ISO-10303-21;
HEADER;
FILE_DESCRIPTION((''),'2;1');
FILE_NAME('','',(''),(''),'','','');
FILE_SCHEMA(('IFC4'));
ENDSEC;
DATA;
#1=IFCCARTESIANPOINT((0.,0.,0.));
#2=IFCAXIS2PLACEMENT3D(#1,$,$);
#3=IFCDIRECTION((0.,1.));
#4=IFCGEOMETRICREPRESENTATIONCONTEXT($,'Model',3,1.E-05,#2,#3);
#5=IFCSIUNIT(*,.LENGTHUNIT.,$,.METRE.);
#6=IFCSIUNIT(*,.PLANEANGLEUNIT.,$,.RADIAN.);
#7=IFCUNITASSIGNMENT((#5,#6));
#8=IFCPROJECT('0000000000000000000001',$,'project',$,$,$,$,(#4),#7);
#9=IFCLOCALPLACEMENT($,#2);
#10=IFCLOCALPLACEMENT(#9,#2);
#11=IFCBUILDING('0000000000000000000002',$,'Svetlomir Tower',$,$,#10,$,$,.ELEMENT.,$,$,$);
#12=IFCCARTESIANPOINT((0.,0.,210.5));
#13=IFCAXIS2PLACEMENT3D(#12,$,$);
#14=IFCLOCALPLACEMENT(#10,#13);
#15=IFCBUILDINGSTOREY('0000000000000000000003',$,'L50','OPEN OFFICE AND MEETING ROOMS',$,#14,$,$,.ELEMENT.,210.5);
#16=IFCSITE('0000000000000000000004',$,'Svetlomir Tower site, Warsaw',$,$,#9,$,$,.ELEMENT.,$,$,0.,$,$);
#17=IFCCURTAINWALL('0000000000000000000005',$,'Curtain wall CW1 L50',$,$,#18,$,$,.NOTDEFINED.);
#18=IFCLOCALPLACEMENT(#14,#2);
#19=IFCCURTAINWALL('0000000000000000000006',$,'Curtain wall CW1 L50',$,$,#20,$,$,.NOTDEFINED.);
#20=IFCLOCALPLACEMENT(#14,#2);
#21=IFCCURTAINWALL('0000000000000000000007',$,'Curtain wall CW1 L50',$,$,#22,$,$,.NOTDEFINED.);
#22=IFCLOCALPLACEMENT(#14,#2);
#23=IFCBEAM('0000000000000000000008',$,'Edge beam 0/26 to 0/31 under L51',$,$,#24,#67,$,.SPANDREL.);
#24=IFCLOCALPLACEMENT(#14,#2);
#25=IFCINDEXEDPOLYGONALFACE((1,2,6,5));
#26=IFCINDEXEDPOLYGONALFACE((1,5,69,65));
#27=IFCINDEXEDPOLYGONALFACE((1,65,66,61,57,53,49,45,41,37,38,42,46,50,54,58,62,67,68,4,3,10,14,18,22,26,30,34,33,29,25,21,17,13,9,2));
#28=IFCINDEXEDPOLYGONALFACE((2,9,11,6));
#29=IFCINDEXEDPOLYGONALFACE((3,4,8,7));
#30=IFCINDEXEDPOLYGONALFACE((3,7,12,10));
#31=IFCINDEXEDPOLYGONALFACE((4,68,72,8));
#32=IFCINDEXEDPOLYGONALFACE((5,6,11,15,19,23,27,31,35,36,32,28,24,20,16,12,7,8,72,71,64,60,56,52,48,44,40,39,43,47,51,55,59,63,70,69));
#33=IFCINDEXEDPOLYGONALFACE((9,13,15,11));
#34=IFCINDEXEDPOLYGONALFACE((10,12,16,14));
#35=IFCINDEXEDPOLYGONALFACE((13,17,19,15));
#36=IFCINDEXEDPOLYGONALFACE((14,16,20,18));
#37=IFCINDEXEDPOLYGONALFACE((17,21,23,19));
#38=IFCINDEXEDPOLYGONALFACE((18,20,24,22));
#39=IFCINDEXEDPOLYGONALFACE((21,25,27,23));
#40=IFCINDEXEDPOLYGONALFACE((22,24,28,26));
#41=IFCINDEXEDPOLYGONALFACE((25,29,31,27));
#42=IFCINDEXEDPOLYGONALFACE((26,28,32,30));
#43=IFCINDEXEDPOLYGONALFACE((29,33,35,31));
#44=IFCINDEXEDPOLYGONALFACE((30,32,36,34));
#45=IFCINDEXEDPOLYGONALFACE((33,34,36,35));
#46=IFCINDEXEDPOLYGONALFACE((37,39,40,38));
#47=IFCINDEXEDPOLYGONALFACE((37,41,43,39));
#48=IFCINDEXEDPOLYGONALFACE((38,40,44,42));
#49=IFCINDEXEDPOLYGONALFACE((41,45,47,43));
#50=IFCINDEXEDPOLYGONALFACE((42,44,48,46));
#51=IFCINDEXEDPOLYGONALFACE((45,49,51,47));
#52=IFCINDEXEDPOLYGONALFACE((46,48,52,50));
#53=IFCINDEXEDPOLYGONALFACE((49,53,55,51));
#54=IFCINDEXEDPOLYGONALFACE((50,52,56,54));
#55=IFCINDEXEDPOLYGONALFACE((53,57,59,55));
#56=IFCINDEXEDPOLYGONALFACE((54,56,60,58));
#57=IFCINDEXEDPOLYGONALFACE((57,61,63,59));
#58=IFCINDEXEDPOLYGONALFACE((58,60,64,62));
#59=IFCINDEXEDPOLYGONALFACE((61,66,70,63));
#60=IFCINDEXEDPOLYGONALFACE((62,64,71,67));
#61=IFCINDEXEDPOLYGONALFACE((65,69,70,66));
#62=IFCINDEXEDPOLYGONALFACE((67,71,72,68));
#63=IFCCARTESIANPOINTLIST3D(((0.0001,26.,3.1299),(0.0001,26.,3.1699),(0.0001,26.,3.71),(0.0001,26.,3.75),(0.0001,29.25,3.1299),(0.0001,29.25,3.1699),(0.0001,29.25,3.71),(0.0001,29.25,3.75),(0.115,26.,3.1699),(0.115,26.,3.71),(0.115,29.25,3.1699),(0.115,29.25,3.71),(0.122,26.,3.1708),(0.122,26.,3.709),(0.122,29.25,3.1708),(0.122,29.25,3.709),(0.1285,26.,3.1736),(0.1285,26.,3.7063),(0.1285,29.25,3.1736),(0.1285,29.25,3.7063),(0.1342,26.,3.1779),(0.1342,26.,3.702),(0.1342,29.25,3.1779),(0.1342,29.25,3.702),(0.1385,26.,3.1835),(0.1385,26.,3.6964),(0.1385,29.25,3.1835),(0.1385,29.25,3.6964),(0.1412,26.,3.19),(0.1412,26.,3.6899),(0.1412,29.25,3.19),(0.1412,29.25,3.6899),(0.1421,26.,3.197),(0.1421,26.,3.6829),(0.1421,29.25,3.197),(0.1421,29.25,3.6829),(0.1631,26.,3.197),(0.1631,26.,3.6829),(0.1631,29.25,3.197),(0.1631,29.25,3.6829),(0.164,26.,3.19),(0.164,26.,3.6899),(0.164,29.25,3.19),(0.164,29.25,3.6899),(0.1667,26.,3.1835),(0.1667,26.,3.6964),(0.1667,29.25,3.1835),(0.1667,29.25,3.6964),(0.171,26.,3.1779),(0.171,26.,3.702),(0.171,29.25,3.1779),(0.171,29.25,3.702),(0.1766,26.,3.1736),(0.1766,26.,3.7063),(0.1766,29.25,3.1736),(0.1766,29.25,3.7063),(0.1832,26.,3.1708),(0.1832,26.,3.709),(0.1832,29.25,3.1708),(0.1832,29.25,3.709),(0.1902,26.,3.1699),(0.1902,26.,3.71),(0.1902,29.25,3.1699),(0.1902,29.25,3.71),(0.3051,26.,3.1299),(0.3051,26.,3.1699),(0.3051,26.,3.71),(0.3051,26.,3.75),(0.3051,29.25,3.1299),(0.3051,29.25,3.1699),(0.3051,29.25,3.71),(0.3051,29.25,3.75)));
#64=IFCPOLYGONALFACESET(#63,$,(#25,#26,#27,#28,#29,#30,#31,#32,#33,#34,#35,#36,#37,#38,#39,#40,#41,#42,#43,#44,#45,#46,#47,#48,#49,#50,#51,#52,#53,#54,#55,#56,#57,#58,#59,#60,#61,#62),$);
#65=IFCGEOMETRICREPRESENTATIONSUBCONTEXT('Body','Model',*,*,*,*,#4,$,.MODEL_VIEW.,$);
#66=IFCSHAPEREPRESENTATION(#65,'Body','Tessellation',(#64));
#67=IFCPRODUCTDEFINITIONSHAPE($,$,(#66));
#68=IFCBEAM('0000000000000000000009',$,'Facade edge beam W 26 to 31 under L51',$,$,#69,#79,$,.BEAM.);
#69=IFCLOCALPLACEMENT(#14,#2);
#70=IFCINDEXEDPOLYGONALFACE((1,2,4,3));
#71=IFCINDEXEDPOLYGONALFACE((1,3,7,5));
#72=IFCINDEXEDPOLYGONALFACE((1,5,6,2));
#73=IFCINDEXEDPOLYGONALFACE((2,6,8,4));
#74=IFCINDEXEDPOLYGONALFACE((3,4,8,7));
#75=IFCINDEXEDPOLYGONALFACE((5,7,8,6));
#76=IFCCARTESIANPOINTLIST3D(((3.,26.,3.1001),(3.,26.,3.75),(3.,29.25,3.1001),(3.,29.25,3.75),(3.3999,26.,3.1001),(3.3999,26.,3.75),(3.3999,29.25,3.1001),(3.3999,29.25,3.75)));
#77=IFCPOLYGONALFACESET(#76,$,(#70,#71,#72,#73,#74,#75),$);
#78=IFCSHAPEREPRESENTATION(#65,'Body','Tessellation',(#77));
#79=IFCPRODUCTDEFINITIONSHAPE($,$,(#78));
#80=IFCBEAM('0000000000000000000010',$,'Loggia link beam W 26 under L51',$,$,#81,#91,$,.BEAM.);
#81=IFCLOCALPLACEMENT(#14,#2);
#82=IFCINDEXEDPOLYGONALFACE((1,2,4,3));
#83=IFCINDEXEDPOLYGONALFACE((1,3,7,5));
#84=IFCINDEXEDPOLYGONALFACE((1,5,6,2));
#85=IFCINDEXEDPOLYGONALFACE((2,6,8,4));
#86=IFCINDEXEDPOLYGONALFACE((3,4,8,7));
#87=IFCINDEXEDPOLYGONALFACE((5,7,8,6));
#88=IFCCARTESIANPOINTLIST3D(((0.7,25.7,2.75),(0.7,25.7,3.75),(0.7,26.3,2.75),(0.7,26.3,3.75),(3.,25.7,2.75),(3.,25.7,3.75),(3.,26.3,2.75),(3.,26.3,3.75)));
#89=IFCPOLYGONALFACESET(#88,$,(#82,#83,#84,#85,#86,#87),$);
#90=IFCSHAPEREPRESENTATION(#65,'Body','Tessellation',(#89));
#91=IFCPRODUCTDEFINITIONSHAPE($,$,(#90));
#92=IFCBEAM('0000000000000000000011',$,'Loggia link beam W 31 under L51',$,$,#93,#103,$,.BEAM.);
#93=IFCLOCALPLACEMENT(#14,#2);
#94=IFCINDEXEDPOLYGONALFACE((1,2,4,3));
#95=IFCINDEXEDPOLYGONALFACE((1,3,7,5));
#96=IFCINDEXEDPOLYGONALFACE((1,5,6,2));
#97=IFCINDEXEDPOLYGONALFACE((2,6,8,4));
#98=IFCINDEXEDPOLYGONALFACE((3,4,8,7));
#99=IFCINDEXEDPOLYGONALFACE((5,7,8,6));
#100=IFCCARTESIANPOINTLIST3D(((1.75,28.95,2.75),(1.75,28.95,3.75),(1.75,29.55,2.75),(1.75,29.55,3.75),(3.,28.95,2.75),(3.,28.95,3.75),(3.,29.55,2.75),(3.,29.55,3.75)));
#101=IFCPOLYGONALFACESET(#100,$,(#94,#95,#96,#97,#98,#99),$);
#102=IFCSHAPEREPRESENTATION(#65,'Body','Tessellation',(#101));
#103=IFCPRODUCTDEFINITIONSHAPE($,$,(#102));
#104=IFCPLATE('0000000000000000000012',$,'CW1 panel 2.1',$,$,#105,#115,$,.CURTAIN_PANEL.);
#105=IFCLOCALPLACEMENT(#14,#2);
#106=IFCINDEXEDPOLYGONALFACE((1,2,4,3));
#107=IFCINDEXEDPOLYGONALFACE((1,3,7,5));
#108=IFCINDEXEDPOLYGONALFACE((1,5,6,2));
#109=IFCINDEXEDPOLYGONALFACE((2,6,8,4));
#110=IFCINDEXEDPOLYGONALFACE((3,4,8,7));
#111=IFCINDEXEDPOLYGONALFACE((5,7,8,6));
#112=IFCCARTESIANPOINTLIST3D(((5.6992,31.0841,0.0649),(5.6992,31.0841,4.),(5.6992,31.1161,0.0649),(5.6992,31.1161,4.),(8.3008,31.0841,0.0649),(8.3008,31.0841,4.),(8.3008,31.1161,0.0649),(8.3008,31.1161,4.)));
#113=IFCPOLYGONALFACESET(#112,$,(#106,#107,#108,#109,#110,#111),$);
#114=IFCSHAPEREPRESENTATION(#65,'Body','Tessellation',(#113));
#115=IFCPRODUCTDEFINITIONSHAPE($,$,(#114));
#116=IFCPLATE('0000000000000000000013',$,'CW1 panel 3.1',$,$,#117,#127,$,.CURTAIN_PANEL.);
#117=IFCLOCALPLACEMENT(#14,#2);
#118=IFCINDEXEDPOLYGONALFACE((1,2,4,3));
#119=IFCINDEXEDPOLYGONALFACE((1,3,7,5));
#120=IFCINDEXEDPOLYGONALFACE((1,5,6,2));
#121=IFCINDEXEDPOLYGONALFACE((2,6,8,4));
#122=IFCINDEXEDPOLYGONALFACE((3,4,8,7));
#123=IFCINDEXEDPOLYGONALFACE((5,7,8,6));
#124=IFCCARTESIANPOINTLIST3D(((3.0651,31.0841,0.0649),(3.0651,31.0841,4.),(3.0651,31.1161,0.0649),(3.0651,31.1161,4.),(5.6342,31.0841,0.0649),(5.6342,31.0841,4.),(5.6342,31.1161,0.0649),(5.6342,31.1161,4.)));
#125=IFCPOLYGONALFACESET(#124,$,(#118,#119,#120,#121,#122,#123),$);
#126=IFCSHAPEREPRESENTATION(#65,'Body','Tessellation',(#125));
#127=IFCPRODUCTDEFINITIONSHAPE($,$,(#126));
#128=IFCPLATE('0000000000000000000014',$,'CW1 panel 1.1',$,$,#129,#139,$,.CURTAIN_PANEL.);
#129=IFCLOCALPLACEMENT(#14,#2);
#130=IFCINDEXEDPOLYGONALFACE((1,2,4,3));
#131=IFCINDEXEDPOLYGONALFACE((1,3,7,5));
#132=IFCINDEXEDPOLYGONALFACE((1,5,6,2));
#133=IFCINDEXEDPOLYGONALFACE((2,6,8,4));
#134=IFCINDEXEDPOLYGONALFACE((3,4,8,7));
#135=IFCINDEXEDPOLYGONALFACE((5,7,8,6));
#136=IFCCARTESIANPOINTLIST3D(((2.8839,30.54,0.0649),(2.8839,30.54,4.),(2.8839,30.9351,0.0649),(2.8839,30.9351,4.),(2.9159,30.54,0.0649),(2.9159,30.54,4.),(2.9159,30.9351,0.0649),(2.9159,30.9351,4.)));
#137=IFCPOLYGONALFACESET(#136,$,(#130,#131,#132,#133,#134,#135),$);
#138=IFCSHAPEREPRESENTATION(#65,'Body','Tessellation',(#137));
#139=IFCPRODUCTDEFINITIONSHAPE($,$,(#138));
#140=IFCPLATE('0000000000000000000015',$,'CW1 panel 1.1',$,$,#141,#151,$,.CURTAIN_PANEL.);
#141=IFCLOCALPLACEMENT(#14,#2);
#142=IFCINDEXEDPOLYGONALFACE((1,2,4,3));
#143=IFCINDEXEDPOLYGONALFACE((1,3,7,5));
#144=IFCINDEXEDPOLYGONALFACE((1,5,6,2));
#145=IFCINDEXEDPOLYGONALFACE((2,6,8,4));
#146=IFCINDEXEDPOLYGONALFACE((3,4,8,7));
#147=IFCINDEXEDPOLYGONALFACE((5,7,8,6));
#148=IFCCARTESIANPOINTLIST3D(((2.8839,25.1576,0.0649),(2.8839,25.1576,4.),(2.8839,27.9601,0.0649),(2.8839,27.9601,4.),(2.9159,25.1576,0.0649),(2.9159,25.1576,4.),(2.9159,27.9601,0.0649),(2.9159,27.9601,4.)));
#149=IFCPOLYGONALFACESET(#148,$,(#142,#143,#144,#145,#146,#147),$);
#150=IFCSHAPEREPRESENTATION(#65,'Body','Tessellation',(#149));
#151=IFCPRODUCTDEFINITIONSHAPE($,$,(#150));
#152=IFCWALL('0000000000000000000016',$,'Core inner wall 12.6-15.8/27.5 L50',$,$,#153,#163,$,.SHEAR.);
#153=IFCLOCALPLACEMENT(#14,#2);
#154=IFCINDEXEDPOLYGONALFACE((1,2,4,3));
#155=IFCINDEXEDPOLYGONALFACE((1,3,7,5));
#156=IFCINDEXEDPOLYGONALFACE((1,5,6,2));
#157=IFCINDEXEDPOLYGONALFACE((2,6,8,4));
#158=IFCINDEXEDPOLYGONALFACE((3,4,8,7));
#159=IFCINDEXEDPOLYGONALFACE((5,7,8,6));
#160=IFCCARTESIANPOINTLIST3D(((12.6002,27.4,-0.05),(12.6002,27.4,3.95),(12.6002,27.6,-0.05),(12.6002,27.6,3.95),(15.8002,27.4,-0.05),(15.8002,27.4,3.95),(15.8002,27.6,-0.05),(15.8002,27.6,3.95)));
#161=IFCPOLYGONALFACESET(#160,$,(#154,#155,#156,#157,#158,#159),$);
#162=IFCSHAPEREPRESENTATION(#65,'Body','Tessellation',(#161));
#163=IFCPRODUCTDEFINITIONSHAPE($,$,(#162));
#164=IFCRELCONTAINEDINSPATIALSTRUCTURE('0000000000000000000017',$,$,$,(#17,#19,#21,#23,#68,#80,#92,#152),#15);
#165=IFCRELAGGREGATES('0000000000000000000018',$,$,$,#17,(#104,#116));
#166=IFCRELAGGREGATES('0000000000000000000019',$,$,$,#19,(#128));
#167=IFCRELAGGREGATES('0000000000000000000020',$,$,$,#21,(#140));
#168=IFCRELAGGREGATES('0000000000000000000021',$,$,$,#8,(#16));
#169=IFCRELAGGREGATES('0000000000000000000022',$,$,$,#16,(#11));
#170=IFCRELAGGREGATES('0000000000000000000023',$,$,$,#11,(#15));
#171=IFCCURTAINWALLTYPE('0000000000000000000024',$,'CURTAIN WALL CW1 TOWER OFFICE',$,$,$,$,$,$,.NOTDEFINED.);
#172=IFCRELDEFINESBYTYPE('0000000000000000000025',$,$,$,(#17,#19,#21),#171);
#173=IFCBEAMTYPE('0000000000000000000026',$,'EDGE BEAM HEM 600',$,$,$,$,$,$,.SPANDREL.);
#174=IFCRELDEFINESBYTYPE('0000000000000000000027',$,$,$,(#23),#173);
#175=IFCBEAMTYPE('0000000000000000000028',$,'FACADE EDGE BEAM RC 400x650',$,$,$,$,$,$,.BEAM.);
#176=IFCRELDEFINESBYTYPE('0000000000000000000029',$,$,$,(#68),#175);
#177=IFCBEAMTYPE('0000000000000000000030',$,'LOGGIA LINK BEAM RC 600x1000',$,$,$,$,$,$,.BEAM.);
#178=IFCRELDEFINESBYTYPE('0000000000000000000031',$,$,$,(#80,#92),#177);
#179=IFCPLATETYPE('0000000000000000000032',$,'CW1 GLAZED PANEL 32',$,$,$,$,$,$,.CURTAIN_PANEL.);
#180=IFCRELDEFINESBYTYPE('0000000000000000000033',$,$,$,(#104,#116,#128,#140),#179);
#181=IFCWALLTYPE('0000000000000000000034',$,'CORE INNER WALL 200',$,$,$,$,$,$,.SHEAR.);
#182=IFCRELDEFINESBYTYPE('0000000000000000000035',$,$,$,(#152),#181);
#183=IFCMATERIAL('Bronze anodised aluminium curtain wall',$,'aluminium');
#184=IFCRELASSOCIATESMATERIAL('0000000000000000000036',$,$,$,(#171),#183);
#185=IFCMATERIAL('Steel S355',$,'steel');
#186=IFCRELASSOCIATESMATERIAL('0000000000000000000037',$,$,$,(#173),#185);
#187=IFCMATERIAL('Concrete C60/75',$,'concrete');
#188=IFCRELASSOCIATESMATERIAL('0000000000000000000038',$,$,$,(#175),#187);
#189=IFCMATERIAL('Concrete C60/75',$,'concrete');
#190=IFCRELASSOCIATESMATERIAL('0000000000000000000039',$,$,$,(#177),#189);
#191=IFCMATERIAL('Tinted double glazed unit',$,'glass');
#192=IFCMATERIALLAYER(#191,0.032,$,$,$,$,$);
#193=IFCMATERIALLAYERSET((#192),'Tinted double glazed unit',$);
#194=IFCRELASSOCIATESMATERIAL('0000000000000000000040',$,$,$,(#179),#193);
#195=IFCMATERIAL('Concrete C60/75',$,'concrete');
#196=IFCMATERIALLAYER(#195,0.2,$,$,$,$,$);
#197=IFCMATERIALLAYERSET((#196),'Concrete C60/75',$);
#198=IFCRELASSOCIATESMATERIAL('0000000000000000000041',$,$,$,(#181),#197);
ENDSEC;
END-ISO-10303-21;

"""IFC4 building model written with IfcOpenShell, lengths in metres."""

from ifc_helpers import new_model, si_unit, direction, frame, frame_2d, origin, origin_2d, place, context, subcontext, project, spatial, rectangle, i_section, extrude, material, layer, layer_set, material_profile, profile_set, type_object, element, aggregate, save


model = new_model("IFC4")

# Units and contexts
model_context = context("Model", 3, precision=1e-05, world=origin(), true_north=direction((0.0, 1.0)))
body_context = subcontext(model_context, "Body", "Model", "MODEL_VIEW")
ifc_project = project(units=[si_unit("LENGTHUNIT", "METRE"), si_unit("PLANEANGLEUNIT", "RADIAN")], contexts=[model_context])

# Site, building, storey
site_placement = place(None, origin())
site = spatial("IfcSite", under=ifc_project, at=site_placement, Name="Svetlomir Tower site, Warsaw", CompositionType="ELEMENT", RefElevation=0.0)
building_placement = place(site_placement, origin())
building = spatial("IfcBuilding", under=site, at=building_placement, Name="Svetlomir Tower", CompositionType="ELEMENT")
storey_placement = place(building_placement, frame((0.0, 0.0, 210.5)))
storey = spatial("IfcBuildingStorey", under=building, at=storey_placement, Name="L50", Description="OPEN OFFICE AND MEETING ROOMS", CompositionType="ELEMENT", Elevation=210.5)

# Shared definitions
ifc_material_1 = material(Name="Bronze anodised aluminium curtain wall", Category="aluminium")
curtain_wall_type = type_object("IfcCurtainWallType", Name="CURTAIN WALL CW1 TOWER OFFICE", PredefinedType="NOTDEFINED", material=ifc_material_1)

# Curtain walls
curtain_wall_1_placement = place(storey_placement, origin())
curtain_wall_1 = element("IfcCurtainWall", 1, at=curtain_wall_1_placement, inside=storey, type_object=curtain_wall_type, Name="Curtain wall CW1 L50", PredefinedType="NOTDEFINED")
curtain_wall_2_placement = place(storey_placement, origin())
curtain_wall_2 = element("IfcCurtainWall", 2, at=curtain_wall_2_placement, inside=storey, type_object=curtain_wall_type, Name="Curtain wall CW1 L50", PredefinedType="NOTDEFINED")
curtain_wall_3_placement = place(storey_placement, origin())
curtain_wall_3 = element("IfcCurtainWall", 3, at=curtain_wall_3_placement, inside=storey, type_object=curtain_wall_type, Name="Curtain wall CW1 L50", PredefinedType="NOTDEFINED")

# Beams
ifc_material_2 = material(Name="Steel S355", Category="steel")
ifc_material_profile_1 = material_profile(ifc_material_2, i_section(OverallWidth=0.3049, OverallDepth=0.6201, WebThickness=0.021, FlangeThickness=0.04, FilletRadius=0.0271, at=origin_2d()), Name="HEM 600")
ifc_profile_set_1 = profile_set([ifc_material_profile_1], Name="Steel S355")
beam_type_1 = type_object("IfcBeamType", Name="EDGE BEAM HEM 600", PredefinedType="SPANDREL", material=ifc_profile_set_1)
beam_1_placement = place(storey_placement, frame((0.1526, 26.0, 3.4399), z_axis=(0.0, 1.0, 0.0), x_axis=(-1.0, 0.0, 0.0)))
element("IfcBeam", 4, at=beam_1_placement, inside=storey, type_object=beam_type_1, Name="Edge beam 0/26 to 0/31 under L51", PredefinedType="SPANDREL", context=body_context, shape_type="SweptSolid", body=[
    extrude(i_section(OverallWidth=0.3049, OverallDepth=0.6201, WebThickness=0.021, FlangeThickness=0.04, FilletRadius=0.0271, at=origin_2d()), origin(), (0.0, 0.0, 1.0), 3.25),
])
ifc_material_3 = material(Name="Concrete C60/75", Category="concrete")
ifc_material_profile_2 = material_profile(ifc_material_3, rectangle(XDim=0.3999, YDim=0.6499, at=origin_2d()), Name="RC 400x650")
ifc_profile_set_2 = profile_set([ifc_material_profile_2], Name="Concrete C60/75")
beam_type_2 = type_object("IfcBeamType", Name="FACADE EDGE BEAM RC 400x650", PredefinedType="BEAM", material=ifc_profile_set_2)
beam_2_placement = place(storey_placement, frame((3.2, 26.0, 3.425), z_axis=(0.0, 1.0, 0.0), x_axis=(-1.0, 0.0, 0.0)))
element("IfcBeam", 5, at=beam_2_placement, inside=storey, type_object=beam_type_2, Name="Facade edge beam W 26 to 31 under L51", PredefinedType="BEAM", context=body_context, shape_type="SweptSolid", body=[
    extrude(rectangle(XDim=0.3999, YDim=0.6499, at=origin_2d()), origin(), (0.0, 0.0, 1.0), 3.25),
])
ifc_material_4 = material(Name="Concrete C60/75", Category="concrete")
ifc_material_profile_3 = material_profile(ifc_material_4, rectangle(XDim=0.6001, YDim=1.0, at=origin_2d()), Name="RC 600x1000")
ifc_profile_set_3 = profile_set([ifc_material_profile_3], Name="Concrete C60/75")
beam_type_3 = type_object("IfcBeamType", Name="LOGGIA LINK BEAM RC 600x1000", PredefinedType="BEAM", material=ifc_profile_set_3)
beam_3_placement = place(storey_placement, frame((0.7, 26.0, 3.25), z_axis=(1.0, 0.0, 0.0), x_axis=(0.0, 1.0, 0.0)))
element("IfcBeam", 6, at=beam_3_placement, inside=storey, type_object=beam_type_3, Name="Loggia link beam W 26 under L51", PredefinedType="BEAM", context=body_context, shape_type="SweptSolid", body=[
    extrude(rectangle(XDim=0.6001, YDim=1.0, at=origin_2d()), origin(), (0.0, 0.0, 1.0), 2.3),
])
beam_4_placement = place(storey_placement, frame((1.75, 29.25, 3.25), z_axis=(1.0, 0.0, 0.0), x_axis=(0.0, 1.0, 0.0)))
element("IfcBeam", 7, at=beam_4_placement, inside=storey, type_object=beam_type_3, Name="Loggia link beam W 31 under L51", PredefinedType="BEAM", context=body_context, shape_type="SweptSolid", body=[
    extrude(rectangle(XDim=0.6001, YDim=1.0, at=origin_2d()), origin(), (0.0, 0.0, 1.0), 1.25),
])

# Plates
ifc_material_5 = material(Name="Tinted double glazed unit", Category="glass")
ifc_layer_1 = layer(ifc_material_5, 0.032)
ifc_layer_set_1 = layer_set([ifc_layer_1], Name="Tinted double glazed unit")
plate_type = type_object("IfcPlateType", Name="CW1 GLAZED PANEL 32", PredefinedType="CURTAIN_PANEL", material=ifc_layer_set_1)
plate_1_placement = place(storey_placement, frame((7.0, 31.1001, 0.0649), z_axis=(0.0, 0.0, 1.0), x_axis=(-1.0, 0.0, 0.0)))
plate_1 = element("IfcPlate", 8, at=plate_1_placement, type_object=plate_type, Name="CW1 panel 2.1", PredefinedType="CURTAIN_PANEL", context=body_context, shape_type="SweptSolid", body=[
    extrude(rectangle(XDim=2.6016, YDim=0.032, at=origin_2d()), origin(), (0.0, 0.0, 1.0), 3.9351),
])
plate_2_placement = place(storey_placement, frame((4.3496, 31.1001, 0.0649), z_axis=(0.0, 0.0, 1.0), x_axis=(-1.0, 0.0, 0.0)))
plate_2 = element("IfcPlate", 9, at=plate_2_placement, type_object=plate_type, Name="CW1 panel 3.1", PredefinedType="CURTAIN_PANEL", context=body_context, shape_type="SweptSolid", body=[
    extrude(rectangle(XDim=2.5691, YDim=0.032, at=origin_2d()), origin(), (0.0, 0.0, 1.0), 3.9351),
])
aggregate(curtain_wall_1, [plate_1, plate_2])
plate_3_placement = place(storey_placement, frame((2.8999, 30.7375, 0.0649), z_axis=(0.0, 0.0, 1.0), x_axis=(0.0, -1.0, 0.0)))
plate_3 = element("IfcPlate", 10, at=plate_3_placement, type_object=plate_type, Name="CW1 panel 1.1", PredefinedType="CURTAIN_PANEL", context=body_context, shape_type="SweptSolid", body=[
    extrude(rectangle(XDim=0.395, YDim=0.032, at=origin_2d()), origin(), (0.0, 0.0, 1.0), 3.9351),
])
aggregate(curtain_wall_2, [plate_3])
plate_4_placement = place(storey_placement, frame((2.8999, 26.5588, 0.0649), z_axis=(0.0, 0.0, 1.0), x_axis=(0.0, -1.0, 0.0)))
plate_4 = element("IfcPlate", 11, at=plate_4_placement, type_object=plate_type, Name="CW1 panel 1.1", PredefinedType="CURTAIN_PANEL", context=body_context, shape_type="SweptSolid", body=[
    extrude(rectangle(XDim=2.8025, YDim=0.032, at=origin_2d()), origin(), (0.0, 0.0, 1.0), 3.9351),
])
aggregate(curtain_wall_3, [plate_4])

# Wall
ifc_material_6 = material(Name="Concrete C60/75", Category="concrete")
ifc_layer_2 = layer(ifc_material_6, 0.2)
ifc_layer_set_2 = layer_set([ifc_layer_2], Name="Concrete C60/75")
wall_type_1 = type_object("IfcWallType", Name="CORE INNER WALL 200", PredefinedType="SHEAR", material=ifc_layer_set_2)
wall_1_placement = place(storey_placement, frame((12.6001, 27.5, -0.05), z_axis=(0.0, 0.0, 1.0), x_axis=(1.0, 0.0, 0.0)))
element("IfcWall", 12, at=wall_1_placement, inside=storey, type_object=wall_type_1, Name="Core inner wall 12.6-15.8/27.5 L50", PredefinedType="SHEAR", context=body_context, shape_type="SweptSolid", body=[
    extrude(rectangle(XDim=3.2, YDim=0.2, at=frame_2d((1.6001, 0.0))), origin(), (0.0, 0.0, 1.0), 4.0),
])

save(model, "model.ifc")
